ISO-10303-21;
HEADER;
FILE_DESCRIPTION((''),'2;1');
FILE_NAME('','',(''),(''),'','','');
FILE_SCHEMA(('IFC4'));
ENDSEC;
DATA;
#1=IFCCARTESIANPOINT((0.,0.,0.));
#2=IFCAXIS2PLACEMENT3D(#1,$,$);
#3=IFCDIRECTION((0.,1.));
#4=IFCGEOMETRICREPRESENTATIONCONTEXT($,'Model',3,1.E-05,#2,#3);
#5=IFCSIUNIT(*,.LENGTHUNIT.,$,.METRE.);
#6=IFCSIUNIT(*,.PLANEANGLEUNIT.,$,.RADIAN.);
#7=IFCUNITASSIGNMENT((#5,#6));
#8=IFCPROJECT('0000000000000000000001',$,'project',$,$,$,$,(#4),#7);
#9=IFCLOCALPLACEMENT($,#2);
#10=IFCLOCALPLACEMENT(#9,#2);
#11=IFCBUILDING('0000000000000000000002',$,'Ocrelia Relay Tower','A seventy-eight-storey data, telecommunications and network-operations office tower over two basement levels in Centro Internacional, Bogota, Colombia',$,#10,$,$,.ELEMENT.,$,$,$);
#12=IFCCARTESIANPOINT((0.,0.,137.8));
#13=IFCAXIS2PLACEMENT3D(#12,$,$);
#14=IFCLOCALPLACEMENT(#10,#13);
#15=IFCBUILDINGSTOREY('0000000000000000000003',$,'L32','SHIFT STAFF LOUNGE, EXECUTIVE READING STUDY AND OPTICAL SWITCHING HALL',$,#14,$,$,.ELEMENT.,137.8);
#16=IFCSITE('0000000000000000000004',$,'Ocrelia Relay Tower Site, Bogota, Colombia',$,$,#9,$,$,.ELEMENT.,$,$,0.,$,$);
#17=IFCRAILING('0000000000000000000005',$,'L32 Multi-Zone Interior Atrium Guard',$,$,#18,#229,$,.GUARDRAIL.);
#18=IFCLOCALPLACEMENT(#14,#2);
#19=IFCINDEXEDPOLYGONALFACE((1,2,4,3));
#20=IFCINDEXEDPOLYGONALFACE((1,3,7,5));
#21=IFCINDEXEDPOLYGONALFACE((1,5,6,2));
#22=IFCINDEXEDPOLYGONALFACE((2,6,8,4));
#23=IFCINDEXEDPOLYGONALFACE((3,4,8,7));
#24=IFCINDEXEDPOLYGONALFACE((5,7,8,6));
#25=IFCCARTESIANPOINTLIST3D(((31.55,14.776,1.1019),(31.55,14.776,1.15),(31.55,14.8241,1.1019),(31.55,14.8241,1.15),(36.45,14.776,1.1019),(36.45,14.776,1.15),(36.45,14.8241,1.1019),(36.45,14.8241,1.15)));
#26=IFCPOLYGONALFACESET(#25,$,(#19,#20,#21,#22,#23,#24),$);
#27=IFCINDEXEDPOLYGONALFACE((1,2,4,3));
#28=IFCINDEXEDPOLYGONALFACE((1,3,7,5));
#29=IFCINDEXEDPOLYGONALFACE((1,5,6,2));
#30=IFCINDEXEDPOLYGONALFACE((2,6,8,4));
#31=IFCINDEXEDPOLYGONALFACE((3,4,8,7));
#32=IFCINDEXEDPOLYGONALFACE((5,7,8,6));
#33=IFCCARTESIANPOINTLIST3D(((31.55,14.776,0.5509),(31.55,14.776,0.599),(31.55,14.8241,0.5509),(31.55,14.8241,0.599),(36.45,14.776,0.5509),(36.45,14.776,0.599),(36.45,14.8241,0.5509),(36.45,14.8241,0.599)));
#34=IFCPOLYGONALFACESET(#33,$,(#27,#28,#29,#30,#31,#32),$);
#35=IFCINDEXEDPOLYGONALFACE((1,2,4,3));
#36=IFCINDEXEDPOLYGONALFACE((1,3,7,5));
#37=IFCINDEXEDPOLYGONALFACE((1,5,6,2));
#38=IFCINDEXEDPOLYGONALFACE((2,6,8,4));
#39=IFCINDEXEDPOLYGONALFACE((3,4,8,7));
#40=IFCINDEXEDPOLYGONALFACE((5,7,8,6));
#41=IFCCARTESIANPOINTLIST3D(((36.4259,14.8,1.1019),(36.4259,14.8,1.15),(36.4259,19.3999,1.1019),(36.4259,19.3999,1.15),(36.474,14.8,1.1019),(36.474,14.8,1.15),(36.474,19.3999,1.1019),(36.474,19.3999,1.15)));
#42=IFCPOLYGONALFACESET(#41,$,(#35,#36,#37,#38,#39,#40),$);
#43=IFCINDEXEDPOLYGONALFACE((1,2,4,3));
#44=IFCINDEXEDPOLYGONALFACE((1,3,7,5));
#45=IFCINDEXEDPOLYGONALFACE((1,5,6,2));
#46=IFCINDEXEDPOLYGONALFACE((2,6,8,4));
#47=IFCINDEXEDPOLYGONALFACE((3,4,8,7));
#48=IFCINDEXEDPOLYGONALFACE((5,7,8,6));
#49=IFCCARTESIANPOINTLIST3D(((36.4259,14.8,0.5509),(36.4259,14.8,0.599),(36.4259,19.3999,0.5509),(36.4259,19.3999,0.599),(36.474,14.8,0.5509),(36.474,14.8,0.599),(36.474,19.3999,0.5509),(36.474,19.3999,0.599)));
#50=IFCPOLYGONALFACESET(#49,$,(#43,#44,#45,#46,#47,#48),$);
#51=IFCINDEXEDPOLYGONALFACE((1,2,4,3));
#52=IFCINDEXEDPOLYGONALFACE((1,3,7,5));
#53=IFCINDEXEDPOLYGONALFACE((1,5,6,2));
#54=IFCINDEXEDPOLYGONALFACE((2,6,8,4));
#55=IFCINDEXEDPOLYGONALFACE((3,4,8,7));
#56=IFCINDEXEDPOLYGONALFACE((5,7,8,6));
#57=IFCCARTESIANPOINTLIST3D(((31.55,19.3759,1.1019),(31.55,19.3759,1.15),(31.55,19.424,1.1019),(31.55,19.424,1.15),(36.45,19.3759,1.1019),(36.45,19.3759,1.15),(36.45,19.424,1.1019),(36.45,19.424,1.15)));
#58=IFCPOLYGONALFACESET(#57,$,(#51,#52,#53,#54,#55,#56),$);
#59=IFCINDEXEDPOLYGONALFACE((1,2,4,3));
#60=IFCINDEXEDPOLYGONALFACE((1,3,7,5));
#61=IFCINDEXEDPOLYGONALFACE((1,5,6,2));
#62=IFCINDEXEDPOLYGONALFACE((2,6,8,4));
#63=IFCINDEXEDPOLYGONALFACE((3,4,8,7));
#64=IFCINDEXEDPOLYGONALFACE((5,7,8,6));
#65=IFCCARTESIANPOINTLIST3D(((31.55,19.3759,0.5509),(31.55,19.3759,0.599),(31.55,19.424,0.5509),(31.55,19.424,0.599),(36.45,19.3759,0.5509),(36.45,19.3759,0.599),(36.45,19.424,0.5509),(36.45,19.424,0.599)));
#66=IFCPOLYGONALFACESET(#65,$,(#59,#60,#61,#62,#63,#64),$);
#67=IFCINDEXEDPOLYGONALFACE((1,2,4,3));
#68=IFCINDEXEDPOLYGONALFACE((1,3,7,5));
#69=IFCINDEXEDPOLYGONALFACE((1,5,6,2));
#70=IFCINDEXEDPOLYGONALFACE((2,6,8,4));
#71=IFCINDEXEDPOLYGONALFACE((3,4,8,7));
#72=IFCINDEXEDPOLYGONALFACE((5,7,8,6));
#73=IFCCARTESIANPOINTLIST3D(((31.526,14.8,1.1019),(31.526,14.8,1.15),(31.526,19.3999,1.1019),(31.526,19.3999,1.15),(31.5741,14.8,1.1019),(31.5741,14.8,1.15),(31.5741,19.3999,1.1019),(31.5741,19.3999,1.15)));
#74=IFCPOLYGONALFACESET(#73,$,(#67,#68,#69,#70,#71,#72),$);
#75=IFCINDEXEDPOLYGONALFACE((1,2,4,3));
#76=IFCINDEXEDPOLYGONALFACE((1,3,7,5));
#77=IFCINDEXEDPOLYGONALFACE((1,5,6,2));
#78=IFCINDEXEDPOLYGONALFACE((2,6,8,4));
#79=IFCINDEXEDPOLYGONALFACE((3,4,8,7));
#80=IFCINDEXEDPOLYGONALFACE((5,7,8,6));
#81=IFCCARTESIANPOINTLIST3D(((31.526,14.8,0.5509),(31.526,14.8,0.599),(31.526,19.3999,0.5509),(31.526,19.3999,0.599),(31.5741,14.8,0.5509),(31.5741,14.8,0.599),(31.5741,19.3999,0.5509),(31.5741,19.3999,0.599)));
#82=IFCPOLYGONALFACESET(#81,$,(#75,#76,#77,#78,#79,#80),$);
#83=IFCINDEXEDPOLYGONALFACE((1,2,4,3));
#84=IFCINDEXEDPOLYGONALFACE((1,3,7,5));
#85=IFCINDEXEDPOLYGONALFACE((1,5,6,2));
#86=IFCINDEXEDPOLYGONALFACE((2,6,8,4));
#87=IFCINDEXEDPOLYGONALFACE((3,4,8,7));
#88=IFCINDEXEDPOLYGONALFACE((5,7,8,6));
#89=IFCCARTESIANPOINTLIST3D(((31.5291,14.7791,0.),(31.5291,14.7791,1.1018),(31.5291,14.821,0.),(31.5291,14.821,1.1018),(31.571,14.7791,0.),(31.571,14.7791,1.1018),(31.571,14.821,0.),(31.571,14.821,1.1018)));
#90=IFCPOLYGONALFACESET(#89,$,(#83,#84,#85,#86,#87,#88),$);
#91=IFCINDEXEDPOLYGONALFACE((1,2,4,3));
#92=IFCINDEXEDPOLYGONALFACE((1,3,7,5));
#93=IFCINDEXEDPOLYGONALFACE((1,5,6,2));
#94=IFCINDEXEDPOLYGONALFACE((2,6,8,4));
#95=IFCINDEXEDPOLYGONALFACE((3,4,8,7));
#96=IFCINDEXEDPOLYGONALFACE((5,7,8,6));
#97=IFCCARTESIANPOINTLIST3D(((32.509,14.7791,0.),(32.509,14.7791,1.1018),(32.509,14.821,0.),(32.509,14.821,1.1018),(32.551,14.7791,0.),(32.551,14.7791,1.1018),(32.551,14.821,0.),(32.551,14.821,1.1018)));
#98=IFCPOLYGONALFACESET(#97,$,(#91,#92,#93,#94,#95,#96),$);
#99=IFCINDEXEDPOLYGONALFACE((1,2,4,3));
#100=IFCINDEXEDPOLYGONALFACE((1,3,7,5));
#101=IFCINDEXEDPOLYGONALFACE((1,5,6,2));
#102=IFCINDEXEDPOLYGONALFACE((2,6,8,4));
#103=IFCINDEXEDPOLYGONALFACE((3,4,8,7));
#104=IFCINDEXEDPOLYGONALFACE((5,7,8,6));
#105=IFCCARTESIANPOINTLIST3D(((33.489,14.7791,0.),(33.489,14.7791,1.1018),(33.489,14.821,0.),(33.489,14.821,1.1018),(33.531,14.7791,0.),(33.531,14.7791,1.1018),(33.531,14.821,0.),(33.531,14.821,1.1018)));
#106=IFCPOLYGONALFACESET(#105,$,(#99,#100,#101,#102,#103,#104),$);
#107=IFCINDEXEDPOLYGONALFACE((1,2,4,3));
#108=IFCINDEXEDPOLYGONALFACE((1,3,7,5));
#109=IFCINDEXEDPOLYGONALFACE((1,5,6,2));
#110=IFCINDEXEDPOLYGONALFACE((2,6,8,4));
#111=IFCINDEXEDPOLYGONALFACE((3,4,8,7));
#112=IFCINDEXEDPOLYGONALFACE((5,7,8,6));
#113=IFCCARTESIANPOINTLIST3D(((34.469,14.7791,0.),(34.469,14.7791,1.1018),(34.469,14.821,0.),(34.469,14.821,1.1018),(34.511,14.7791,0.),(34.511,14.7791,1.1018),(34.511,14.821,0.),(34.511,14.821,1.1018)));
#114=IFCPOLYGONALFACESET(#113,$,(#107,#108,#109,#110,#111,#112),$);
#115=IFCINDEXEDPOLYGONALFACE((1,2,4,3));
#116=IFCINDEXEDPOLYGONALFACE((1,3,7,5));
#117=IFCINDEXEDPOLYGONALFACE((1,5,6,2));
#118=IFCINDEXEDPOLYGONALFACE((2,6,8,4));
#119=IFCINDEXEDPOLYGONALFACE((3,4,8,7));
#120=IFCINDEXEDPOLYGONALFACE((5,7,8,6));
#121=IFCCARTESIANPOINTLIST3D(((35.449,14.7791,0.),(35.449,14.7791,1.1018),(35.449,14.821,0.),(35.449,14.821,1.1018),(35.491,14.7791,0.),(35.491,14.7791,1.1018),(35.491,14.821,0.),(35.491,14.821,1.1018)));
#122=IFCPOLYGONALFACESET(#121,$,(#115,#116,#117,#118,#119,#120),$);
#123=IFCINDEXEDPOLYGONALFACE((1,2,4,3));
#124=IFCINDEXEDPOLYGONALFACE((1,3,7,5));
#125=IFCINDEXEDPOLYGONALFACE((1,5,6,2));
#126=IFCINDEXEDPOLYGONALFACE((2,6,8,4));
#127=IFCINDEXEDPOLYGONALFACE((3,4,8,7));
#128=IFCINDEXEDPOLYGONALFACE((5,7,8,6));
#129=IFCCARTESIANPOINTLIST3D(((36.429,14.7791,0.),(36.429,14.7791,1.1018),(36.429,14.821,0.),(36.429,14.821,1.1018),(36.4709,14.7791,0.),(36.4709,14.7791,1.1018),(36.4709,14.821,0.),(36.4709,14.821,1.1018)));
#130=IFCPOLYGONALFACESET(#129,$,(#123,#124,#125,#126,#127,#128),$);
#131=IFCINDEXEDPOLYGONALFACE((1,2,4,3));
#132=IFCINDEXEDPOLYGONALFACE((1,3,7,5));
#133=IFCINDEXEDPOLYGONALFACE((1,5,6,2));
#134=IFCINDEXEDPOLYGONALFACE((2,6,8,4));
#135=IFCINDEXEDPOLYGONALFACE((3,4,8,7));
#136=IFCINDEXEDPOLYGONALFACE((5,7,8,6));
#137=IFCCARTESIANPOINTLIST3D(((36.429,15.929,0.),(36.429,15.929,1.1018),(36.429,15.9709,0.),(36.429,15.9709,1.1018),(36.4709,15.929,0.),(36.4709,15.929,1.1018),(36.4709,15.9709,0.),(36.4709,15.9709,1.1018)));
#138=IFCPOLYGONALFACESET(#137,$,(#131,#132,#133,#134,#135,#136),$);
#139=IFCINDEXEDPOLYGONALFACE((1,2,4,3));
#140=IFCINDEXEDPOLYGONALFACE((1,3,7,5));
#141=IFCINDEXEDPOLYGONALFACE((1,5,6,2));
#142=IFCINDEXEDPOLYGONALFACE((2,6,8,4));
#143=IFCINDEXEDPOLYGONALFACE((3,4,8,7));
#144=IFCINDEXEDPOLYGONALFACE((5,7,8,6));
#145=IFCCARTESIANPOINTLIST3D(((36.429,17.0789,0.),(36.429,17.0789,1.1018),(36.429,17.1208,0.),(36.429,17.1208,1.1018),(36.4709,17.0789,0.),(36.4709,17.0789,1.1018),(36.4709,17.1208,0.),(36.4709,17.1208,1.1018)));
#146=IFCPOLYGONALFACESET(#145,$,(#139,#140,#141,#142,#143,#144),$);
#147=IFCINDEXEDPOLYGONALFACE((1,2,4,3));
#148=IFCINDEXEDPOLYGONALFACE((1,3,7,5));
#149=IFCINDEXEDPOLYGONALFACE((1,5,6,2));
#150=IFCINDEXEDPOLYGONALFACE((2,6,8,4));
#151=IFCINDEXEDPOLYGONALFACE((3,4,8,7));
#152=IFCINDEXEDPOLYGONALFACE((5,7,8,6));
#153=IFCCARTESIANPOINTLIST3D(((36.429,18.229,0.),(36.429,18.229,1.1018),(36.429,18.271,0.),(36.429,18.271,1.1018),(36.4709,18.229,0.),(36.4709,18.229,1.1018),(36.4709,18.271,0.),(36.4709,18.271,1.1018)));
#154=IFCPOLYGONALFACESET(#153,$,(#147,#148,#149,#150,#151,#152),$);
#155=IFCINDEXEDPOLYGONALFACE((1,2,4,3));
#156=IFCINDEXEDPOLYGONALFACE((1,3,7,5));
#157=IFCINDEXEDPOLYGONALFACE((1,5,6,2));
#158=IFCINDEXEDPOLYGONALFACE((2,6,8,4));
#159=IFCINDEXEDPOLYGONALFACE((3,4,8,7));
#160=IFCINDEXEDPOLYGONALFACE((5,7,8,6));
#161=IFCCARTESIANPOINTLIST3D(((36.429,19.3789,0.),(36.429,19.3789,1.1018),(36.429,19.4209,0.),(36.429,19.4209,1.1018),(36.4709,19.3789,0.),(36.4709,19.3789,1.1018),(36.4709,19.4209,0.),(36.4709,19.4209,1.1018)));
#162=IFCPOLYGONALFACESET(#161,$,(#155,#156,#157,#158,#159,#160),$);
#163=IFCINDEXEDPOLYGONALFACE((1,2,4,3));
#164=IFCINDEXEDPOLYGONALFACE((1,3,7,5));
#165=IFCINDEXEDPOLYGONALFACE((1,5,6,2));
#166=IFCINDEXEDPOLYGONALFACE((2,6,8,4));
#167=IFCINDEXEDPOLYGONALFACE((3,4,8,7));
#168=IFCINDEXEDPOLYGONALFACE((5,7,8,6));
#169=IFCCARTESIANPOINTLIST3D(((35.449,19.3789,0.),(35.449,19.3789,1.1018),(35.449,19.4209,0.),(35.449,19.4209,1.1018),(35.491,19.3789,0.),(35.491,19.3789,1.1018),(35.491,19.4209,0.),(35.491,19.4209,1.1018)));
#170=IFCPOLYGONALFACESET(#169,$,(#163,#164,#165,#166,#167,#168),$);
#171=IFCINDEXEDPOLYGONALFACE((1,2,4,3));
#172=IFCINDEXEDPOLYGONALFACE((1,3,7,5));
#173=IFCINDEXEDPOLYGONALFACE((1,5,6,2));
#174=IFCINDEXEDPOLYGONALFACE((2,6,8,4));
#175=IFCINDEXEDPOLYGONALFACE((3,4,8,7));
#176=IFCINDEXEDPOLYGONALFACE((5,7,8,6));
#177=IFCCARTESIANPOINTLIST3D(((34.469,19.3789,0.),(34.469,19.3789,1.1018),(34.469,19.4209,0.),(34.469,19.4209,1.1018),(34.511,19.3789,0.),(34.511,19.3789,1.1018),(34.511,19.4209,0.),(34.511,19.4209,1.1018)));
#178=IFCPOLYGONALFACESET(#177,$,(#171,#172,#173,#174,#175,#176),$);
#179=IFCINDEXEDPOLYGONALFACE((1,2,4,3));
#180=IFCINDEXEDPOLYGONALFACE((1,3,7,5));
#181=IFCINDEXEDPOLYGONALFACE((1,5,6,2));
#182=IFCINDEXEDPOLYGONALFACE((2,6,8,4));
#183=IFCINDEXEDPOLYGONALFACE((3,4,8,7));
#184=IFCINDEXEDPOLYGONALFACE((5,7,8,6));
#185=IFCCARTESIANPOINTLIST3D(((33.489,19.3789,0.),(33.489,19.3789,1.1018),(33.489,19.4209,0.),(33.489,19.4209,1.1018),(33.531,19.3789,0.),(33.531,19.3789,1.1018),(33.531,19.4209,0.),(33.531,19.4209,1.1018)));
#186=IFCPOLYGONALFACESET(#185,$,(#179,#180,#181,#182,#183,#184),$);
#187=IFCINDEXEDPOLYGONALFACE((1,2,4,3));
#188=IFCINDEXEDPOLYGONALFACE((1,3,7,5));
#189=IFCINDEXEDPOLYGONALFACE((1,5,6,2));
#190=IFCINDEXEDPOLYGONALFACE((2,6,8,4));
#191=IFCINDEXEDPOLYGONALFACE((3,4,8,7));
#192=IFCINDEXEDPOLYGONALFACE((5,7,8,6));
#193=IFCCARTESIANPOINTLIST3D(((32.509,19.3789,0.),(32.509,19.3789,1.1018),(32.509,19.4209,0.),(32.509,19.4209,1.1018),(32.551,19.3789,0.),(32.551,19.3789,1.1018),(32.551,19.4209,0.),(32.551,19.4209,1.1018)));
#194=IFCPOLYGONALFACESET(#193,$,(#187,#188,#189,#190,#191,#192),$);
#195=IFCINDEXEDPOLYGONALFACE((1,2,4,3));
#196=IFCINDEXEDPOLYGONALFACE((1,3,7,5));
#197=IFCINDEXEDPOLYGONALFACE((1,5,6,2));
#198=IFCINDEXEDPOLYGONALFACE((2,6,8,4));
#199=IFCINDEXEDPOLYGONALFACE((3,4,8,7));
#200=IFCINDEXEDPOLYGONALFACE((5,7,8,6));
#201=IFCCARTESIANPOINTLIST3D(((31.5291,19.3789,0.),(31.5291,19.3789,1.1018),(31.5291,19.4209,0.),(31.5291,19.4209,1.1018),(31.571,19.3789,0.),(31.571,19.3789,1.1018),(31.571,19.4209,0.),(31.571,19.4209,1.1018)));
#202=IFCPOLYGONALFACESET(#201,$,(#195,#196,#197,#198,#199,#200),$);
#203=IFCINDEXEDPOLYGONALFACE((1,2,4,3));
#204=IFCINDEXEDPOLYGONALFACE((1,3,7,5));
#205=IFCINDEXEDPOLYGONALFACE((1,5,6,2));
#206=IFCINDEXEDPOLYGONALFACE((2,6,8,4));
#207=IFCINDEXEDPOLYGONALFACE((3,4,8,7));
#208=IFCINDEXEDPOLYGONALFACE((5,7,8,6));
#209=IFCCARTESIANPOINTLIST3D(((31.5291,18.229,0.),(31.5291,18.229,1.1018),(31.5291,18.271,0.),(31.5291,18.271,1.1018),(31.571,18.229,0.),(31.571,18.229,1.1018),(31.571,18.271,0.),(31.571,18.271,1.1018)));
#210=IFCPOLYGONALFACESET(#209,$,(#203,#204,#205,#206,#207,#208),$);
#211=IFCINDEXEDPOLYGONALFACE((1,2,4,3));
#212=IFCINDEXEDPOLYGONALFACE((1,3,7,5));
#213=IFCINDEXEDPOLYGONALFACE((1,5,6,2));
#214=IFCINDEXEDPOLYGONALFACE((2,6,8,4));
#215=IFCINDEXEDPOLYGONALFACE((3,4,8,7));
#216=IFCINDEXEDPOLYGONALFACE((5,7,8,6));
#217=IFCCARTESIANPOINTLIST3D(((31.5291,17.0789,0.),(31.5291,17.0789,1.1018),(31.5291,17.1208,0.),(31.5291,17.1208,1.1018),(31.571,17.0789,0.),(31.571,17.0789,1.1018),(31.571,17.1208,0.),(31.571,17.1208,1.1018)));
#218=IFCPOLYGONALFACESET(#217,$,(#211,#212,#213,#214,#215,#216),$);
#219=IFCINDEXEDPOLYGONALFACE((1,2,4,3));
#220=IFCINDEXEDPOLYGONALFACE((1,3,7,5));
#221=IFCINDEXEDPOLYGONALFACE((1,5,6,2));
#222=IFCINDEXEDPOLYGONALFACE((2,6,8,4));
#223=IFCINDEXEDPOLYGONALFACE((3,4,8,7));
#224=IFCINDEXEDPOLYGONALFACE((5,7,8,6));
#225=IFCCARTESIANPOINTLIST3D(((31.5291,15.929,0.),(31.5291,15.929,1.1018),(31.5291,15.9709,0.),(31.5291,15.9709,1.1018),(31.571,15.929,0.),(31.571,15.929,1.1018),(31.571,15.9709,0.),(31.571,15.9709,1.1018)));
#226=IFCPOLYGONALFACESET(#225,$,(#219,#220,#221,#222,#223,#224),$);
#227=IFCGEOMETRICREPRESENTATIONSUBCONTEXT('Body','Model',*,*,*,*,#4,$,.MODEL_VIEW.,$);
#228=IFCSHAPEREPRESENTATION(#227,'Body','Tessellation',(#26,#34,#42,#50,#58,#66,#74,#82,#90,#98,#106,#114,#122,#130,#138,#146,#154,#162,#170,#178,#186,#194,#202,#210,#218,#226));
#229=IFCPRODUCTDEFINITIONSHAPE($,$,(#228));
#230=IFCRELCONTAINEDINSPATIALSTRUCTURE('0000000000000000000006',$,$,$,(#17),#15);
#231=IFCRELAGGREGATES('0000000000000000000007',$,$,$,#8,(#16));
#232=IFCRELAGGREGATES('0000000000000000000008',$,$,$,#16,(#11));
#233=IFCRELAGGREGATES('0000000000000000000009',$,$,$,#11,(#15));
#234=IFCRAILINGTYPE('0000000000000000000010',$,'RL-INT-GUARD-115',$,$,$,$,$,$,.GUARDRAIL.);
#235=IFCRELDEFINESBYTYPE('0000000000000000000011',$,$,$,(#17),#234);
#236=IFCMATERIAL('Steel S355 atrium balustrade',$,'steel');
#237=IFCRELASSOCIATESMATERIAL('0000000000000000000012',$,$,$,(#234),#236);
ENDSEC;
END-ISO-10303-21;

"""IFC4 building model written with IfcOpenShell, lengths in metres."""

from ifc_helpers import new_model, si_unit, direction, frame, origin, origin_2d, place, context, subcontext, project, spatial, rectangle, extrude, material, type_object, element, save


model = new_model("IFC4")

# Units and contexts
model_context = context("Model", 3, precision=1e-05, world=origin(), true_north=direction((0.0, 1.0)))
body_context = subcontext(model_context, "Body", "Model", "MODEL_VIEW")
ifc_project = project(units=[si_unit("LENGTHUNIT", "METRE"), si_unit("PLANEANGLEUNIT", "RADIAN")], contexts=[model_context])

# Site, building, storey
site_placement = place(None, origin())
site = spatial("IfcSite", under=ifc_project, at=site_placement, Name="Ocrelia Relay Tower Site, Bogota, Colombia", CompositionType="ELEMENT", RefElevation=0.0)
building_placement = place(site_placement, origin())
building = spatial("IfcBuilding", under=site, at=building_placement, Name="Ocrelia Relay Tower", Description="A seventy-eight-storey data, telecommunications and network-operations office tower over two basement levels in Centro Internacional, Bogota, Colombia", CompositionType="ELEMENT")
storey_placement = place(building_placement, frame((0.0, 0.0, 137.8)))
storey = spatial("IfcBuildingStorey", under=building, at=storey_placement, Name="L32", Description="SHIFT STAFF LOUNGE, EXECUTIVE READING STUDY AND OPTICAL SWITCHING HALL", CompositionType="ELEMENT", Elevation=137.8)

# Railing
ifc_material_1 = material(Name="Steel S355 atrium balustrade", Category="steel")
railing_type_1 = type_object("IfcRailingType", Name="RL-INT-GUARD-115", PredefinedType="GUARDRAIL", material=ifc_material_1)
railing_1_placement = place(storey_placement, frame((31.55, 14.8, 0.0)))
element("IfcRailing", 1, at=railing_1_placement, inside=storey, type_object=railing_type_1, Name="L32 Multi-Zone Interior Atrium Guard", PredefinedType="GUARDRAIL", context=body_context, shape_type="SweptSolid", body=[
    extrude(rectangle(XDim=0.0481, YDim=0.0481, at=origin_2d()), frame((0.0, 0.0, 1.126), z_axis=(1.0, 0.0, 0.0), x_axis=(0.0, 1.0, 0.0)), (0.0, 0.0, 1.0), 4.8999),
    extrude(rectangle(XDim=0.0481, YDim=0.0481, at=origin_2d()), frame((0.0, 0.0, 0.575), z_axis=(1.0, 0.0, 0.0), x_axis=(0.0, 1.0, 0.0)), (0.0, 0.0, 1.0), 4.8999),
    extrude(rectangle(XDim=0.0481, YDim=0.0481, at=origin_2d()), frame((4.8999, 0.0, 1.126), z_axis=(0.0, 1.0, 0.0), x_axis=(-1.0, 0.0, 0.0)), (0.0, 0.0, 1.0), 4.5999),
    extrude(rectangle(XDim=0.0481, YDim=0.0481, at=origin_2d()), frame((4.8999, 0.0, 0.575), z_axis=(0.0, 1.0, 0.0), x_axis=(-1.0, 0.0, 0.0)), (0.0, 0.0, 1.0), 4.5999),
    extrude(rectangle(XDim=0.0481, YDim=0.0481, at=origin_2d()), frame((4.8999, 4.5999, 1.126), z_axis=(-1.0, 0.0, 0.0), x_axis=(0.0, -1.0, 0.0)), (0.0, 0.0, 1.0), 4.8999),
    extrude(rectangle(XDim=0.0481, YDim=0.0481, at=origin_2d()), frame((4.8999, 4.5999, 0.575), z_axis=(-1.0, 0.0, 0.0), x_axis=(0.0, -1.0, 0.0)), (0.0, 0.0, 1.0), 4.8999),
    extrude(rectangle(XDim=0.0481, YDim=0.0481, at=origin_2d()), frame((0.0, 4.5999, 1.126), z_axis=(0.0, -1.0, 0.0), x_axis=(1.0, 0.0, 0.0)), (0.0, 0.0, 1.0), 4.5999),
    extrude(rectangle(XDim=0.0481, YDim=0.0481, at=origin_2d()), frame((0.0, 4.5999, 0.575), z_axis=(0.0, -1.0, 0.0), x_axis=(1.0, 0.0, 0.0)), (0.0, 0.0, 1.0), 4.5999),
    extrude(rectangle(XDim=0.042, YDim=0.042, at=origin_2d()), origin(), (0.0, 0.0, 1.0), 1.1018),
    extrude(rectangle(XDim=0.042, YDim=0.042, at=origin_2d()), frame((0.98, 0.0, 0.0)), (0.0, 0.0, 1.0), 1.1018),
    extrude(rectangle(XDim=0.042, YDim=0.042, at=origin_2d()), frame((1.96, 0.0, 0.0)), (0.0, 0.0, 1.0), 1.1018),
    extrude(rectangle(XDim=0.042, YDim=0.042, at=origin_2d()), frame((2.9399, 0.0, 0.0)), (0.0, 0.0, 1.0), 1.1018),
    extrude(rectangle(XDim=0.042, YDim=0.042, at=origin_2d()), frame((3.9199, 0.0, 0.0)), (0.0, 0.0, 1.0), 1.1018),
    extrude(rectangle(XDim=0.042, YDim=0.042, at=origin_2d()), frame((4.8999, 0.0, 0.0)), (0.0, 0.0, 1.0), 1.1018),
    extrude(rectangle(XDim=0.042, YDim=0.042, at=origin_2d()), frame((4.8999, 1.1499, 0.0)), (0.0, 0.0, 1.0), 1.1018),
    extrude(rectangle(XDim=0.042, YDim=0.042, at=origin_2d()), frame((4.8999, 2.2998, 0.0)), (0.0, 0.0, 1.0), 1.1018),
    extrude(rectangle(XDim=0.042, YDim=0.042, at=origin_2d()), frame((4.8999, 3.45, 0.0)), (0.0, 0.0, 1.0), 1.1018),
    extrude(rectangle(XDim=0.042, YDim=0.042, at=origin_2d()), frame((4.8999, 4.5999, 0.0)), (0.0, 0.0, 1.0), 1.1018),
    extrude(rectangle(XDim=0.042, YDim=0.042, at=origin_2d()), frame((3.9199, 4.5999, 0.0)), (0.0, 0.0, 1.0), 1.1018),
    extrude(rectangle(XDim=0.042, YDim=0.042, at=origin_2d()), frame((2.9399, 4.5999, 0.0)), (0.0, 0.0, 1.0), 1.1018),
    extrude(rectangle(XDim=0.042, YDim=0.042, at=origin_2d()), frame((1.96, 4.5999, 0.0)), (0.0, 0.0, 1.0), 1.1018),
    extrude(rectangle(XDim=0.042, YDim=0.042, at=origin_2d()), frame((0.98, 4.5999, 0.0)), (0.0, 0.0, 1.0), 1.1018),
    extrude(rectangle(XDim=0.042, YDim=0.042, at=origin_2d()), frame((0.0, 4.5999, 0.0)), (0.0, 0.0, 1.0), 1.1018),
    extrude(rectangle(XDim=0.042, YDim=0.042, at=origin_2d()), frame((0.0, 3.45, 0.0)), (0.0, 0.0, 1.0), 1.1018),
    extrude(rectangle(XDim=0.042, YDim=0.042, at=origin_2d()), frame((0.0, 2.2998, 0.0)), (0.0, 0.0, 1.0), 1.1018),
    extrude(rectangle(XDim=0.042, YDim=0.042, at=origin_2d()), frame((0.0, 1.1499, 0.0)), (0.0, 0.0, 1.0), 1.1018),
])

save(model, "model.ifc")
